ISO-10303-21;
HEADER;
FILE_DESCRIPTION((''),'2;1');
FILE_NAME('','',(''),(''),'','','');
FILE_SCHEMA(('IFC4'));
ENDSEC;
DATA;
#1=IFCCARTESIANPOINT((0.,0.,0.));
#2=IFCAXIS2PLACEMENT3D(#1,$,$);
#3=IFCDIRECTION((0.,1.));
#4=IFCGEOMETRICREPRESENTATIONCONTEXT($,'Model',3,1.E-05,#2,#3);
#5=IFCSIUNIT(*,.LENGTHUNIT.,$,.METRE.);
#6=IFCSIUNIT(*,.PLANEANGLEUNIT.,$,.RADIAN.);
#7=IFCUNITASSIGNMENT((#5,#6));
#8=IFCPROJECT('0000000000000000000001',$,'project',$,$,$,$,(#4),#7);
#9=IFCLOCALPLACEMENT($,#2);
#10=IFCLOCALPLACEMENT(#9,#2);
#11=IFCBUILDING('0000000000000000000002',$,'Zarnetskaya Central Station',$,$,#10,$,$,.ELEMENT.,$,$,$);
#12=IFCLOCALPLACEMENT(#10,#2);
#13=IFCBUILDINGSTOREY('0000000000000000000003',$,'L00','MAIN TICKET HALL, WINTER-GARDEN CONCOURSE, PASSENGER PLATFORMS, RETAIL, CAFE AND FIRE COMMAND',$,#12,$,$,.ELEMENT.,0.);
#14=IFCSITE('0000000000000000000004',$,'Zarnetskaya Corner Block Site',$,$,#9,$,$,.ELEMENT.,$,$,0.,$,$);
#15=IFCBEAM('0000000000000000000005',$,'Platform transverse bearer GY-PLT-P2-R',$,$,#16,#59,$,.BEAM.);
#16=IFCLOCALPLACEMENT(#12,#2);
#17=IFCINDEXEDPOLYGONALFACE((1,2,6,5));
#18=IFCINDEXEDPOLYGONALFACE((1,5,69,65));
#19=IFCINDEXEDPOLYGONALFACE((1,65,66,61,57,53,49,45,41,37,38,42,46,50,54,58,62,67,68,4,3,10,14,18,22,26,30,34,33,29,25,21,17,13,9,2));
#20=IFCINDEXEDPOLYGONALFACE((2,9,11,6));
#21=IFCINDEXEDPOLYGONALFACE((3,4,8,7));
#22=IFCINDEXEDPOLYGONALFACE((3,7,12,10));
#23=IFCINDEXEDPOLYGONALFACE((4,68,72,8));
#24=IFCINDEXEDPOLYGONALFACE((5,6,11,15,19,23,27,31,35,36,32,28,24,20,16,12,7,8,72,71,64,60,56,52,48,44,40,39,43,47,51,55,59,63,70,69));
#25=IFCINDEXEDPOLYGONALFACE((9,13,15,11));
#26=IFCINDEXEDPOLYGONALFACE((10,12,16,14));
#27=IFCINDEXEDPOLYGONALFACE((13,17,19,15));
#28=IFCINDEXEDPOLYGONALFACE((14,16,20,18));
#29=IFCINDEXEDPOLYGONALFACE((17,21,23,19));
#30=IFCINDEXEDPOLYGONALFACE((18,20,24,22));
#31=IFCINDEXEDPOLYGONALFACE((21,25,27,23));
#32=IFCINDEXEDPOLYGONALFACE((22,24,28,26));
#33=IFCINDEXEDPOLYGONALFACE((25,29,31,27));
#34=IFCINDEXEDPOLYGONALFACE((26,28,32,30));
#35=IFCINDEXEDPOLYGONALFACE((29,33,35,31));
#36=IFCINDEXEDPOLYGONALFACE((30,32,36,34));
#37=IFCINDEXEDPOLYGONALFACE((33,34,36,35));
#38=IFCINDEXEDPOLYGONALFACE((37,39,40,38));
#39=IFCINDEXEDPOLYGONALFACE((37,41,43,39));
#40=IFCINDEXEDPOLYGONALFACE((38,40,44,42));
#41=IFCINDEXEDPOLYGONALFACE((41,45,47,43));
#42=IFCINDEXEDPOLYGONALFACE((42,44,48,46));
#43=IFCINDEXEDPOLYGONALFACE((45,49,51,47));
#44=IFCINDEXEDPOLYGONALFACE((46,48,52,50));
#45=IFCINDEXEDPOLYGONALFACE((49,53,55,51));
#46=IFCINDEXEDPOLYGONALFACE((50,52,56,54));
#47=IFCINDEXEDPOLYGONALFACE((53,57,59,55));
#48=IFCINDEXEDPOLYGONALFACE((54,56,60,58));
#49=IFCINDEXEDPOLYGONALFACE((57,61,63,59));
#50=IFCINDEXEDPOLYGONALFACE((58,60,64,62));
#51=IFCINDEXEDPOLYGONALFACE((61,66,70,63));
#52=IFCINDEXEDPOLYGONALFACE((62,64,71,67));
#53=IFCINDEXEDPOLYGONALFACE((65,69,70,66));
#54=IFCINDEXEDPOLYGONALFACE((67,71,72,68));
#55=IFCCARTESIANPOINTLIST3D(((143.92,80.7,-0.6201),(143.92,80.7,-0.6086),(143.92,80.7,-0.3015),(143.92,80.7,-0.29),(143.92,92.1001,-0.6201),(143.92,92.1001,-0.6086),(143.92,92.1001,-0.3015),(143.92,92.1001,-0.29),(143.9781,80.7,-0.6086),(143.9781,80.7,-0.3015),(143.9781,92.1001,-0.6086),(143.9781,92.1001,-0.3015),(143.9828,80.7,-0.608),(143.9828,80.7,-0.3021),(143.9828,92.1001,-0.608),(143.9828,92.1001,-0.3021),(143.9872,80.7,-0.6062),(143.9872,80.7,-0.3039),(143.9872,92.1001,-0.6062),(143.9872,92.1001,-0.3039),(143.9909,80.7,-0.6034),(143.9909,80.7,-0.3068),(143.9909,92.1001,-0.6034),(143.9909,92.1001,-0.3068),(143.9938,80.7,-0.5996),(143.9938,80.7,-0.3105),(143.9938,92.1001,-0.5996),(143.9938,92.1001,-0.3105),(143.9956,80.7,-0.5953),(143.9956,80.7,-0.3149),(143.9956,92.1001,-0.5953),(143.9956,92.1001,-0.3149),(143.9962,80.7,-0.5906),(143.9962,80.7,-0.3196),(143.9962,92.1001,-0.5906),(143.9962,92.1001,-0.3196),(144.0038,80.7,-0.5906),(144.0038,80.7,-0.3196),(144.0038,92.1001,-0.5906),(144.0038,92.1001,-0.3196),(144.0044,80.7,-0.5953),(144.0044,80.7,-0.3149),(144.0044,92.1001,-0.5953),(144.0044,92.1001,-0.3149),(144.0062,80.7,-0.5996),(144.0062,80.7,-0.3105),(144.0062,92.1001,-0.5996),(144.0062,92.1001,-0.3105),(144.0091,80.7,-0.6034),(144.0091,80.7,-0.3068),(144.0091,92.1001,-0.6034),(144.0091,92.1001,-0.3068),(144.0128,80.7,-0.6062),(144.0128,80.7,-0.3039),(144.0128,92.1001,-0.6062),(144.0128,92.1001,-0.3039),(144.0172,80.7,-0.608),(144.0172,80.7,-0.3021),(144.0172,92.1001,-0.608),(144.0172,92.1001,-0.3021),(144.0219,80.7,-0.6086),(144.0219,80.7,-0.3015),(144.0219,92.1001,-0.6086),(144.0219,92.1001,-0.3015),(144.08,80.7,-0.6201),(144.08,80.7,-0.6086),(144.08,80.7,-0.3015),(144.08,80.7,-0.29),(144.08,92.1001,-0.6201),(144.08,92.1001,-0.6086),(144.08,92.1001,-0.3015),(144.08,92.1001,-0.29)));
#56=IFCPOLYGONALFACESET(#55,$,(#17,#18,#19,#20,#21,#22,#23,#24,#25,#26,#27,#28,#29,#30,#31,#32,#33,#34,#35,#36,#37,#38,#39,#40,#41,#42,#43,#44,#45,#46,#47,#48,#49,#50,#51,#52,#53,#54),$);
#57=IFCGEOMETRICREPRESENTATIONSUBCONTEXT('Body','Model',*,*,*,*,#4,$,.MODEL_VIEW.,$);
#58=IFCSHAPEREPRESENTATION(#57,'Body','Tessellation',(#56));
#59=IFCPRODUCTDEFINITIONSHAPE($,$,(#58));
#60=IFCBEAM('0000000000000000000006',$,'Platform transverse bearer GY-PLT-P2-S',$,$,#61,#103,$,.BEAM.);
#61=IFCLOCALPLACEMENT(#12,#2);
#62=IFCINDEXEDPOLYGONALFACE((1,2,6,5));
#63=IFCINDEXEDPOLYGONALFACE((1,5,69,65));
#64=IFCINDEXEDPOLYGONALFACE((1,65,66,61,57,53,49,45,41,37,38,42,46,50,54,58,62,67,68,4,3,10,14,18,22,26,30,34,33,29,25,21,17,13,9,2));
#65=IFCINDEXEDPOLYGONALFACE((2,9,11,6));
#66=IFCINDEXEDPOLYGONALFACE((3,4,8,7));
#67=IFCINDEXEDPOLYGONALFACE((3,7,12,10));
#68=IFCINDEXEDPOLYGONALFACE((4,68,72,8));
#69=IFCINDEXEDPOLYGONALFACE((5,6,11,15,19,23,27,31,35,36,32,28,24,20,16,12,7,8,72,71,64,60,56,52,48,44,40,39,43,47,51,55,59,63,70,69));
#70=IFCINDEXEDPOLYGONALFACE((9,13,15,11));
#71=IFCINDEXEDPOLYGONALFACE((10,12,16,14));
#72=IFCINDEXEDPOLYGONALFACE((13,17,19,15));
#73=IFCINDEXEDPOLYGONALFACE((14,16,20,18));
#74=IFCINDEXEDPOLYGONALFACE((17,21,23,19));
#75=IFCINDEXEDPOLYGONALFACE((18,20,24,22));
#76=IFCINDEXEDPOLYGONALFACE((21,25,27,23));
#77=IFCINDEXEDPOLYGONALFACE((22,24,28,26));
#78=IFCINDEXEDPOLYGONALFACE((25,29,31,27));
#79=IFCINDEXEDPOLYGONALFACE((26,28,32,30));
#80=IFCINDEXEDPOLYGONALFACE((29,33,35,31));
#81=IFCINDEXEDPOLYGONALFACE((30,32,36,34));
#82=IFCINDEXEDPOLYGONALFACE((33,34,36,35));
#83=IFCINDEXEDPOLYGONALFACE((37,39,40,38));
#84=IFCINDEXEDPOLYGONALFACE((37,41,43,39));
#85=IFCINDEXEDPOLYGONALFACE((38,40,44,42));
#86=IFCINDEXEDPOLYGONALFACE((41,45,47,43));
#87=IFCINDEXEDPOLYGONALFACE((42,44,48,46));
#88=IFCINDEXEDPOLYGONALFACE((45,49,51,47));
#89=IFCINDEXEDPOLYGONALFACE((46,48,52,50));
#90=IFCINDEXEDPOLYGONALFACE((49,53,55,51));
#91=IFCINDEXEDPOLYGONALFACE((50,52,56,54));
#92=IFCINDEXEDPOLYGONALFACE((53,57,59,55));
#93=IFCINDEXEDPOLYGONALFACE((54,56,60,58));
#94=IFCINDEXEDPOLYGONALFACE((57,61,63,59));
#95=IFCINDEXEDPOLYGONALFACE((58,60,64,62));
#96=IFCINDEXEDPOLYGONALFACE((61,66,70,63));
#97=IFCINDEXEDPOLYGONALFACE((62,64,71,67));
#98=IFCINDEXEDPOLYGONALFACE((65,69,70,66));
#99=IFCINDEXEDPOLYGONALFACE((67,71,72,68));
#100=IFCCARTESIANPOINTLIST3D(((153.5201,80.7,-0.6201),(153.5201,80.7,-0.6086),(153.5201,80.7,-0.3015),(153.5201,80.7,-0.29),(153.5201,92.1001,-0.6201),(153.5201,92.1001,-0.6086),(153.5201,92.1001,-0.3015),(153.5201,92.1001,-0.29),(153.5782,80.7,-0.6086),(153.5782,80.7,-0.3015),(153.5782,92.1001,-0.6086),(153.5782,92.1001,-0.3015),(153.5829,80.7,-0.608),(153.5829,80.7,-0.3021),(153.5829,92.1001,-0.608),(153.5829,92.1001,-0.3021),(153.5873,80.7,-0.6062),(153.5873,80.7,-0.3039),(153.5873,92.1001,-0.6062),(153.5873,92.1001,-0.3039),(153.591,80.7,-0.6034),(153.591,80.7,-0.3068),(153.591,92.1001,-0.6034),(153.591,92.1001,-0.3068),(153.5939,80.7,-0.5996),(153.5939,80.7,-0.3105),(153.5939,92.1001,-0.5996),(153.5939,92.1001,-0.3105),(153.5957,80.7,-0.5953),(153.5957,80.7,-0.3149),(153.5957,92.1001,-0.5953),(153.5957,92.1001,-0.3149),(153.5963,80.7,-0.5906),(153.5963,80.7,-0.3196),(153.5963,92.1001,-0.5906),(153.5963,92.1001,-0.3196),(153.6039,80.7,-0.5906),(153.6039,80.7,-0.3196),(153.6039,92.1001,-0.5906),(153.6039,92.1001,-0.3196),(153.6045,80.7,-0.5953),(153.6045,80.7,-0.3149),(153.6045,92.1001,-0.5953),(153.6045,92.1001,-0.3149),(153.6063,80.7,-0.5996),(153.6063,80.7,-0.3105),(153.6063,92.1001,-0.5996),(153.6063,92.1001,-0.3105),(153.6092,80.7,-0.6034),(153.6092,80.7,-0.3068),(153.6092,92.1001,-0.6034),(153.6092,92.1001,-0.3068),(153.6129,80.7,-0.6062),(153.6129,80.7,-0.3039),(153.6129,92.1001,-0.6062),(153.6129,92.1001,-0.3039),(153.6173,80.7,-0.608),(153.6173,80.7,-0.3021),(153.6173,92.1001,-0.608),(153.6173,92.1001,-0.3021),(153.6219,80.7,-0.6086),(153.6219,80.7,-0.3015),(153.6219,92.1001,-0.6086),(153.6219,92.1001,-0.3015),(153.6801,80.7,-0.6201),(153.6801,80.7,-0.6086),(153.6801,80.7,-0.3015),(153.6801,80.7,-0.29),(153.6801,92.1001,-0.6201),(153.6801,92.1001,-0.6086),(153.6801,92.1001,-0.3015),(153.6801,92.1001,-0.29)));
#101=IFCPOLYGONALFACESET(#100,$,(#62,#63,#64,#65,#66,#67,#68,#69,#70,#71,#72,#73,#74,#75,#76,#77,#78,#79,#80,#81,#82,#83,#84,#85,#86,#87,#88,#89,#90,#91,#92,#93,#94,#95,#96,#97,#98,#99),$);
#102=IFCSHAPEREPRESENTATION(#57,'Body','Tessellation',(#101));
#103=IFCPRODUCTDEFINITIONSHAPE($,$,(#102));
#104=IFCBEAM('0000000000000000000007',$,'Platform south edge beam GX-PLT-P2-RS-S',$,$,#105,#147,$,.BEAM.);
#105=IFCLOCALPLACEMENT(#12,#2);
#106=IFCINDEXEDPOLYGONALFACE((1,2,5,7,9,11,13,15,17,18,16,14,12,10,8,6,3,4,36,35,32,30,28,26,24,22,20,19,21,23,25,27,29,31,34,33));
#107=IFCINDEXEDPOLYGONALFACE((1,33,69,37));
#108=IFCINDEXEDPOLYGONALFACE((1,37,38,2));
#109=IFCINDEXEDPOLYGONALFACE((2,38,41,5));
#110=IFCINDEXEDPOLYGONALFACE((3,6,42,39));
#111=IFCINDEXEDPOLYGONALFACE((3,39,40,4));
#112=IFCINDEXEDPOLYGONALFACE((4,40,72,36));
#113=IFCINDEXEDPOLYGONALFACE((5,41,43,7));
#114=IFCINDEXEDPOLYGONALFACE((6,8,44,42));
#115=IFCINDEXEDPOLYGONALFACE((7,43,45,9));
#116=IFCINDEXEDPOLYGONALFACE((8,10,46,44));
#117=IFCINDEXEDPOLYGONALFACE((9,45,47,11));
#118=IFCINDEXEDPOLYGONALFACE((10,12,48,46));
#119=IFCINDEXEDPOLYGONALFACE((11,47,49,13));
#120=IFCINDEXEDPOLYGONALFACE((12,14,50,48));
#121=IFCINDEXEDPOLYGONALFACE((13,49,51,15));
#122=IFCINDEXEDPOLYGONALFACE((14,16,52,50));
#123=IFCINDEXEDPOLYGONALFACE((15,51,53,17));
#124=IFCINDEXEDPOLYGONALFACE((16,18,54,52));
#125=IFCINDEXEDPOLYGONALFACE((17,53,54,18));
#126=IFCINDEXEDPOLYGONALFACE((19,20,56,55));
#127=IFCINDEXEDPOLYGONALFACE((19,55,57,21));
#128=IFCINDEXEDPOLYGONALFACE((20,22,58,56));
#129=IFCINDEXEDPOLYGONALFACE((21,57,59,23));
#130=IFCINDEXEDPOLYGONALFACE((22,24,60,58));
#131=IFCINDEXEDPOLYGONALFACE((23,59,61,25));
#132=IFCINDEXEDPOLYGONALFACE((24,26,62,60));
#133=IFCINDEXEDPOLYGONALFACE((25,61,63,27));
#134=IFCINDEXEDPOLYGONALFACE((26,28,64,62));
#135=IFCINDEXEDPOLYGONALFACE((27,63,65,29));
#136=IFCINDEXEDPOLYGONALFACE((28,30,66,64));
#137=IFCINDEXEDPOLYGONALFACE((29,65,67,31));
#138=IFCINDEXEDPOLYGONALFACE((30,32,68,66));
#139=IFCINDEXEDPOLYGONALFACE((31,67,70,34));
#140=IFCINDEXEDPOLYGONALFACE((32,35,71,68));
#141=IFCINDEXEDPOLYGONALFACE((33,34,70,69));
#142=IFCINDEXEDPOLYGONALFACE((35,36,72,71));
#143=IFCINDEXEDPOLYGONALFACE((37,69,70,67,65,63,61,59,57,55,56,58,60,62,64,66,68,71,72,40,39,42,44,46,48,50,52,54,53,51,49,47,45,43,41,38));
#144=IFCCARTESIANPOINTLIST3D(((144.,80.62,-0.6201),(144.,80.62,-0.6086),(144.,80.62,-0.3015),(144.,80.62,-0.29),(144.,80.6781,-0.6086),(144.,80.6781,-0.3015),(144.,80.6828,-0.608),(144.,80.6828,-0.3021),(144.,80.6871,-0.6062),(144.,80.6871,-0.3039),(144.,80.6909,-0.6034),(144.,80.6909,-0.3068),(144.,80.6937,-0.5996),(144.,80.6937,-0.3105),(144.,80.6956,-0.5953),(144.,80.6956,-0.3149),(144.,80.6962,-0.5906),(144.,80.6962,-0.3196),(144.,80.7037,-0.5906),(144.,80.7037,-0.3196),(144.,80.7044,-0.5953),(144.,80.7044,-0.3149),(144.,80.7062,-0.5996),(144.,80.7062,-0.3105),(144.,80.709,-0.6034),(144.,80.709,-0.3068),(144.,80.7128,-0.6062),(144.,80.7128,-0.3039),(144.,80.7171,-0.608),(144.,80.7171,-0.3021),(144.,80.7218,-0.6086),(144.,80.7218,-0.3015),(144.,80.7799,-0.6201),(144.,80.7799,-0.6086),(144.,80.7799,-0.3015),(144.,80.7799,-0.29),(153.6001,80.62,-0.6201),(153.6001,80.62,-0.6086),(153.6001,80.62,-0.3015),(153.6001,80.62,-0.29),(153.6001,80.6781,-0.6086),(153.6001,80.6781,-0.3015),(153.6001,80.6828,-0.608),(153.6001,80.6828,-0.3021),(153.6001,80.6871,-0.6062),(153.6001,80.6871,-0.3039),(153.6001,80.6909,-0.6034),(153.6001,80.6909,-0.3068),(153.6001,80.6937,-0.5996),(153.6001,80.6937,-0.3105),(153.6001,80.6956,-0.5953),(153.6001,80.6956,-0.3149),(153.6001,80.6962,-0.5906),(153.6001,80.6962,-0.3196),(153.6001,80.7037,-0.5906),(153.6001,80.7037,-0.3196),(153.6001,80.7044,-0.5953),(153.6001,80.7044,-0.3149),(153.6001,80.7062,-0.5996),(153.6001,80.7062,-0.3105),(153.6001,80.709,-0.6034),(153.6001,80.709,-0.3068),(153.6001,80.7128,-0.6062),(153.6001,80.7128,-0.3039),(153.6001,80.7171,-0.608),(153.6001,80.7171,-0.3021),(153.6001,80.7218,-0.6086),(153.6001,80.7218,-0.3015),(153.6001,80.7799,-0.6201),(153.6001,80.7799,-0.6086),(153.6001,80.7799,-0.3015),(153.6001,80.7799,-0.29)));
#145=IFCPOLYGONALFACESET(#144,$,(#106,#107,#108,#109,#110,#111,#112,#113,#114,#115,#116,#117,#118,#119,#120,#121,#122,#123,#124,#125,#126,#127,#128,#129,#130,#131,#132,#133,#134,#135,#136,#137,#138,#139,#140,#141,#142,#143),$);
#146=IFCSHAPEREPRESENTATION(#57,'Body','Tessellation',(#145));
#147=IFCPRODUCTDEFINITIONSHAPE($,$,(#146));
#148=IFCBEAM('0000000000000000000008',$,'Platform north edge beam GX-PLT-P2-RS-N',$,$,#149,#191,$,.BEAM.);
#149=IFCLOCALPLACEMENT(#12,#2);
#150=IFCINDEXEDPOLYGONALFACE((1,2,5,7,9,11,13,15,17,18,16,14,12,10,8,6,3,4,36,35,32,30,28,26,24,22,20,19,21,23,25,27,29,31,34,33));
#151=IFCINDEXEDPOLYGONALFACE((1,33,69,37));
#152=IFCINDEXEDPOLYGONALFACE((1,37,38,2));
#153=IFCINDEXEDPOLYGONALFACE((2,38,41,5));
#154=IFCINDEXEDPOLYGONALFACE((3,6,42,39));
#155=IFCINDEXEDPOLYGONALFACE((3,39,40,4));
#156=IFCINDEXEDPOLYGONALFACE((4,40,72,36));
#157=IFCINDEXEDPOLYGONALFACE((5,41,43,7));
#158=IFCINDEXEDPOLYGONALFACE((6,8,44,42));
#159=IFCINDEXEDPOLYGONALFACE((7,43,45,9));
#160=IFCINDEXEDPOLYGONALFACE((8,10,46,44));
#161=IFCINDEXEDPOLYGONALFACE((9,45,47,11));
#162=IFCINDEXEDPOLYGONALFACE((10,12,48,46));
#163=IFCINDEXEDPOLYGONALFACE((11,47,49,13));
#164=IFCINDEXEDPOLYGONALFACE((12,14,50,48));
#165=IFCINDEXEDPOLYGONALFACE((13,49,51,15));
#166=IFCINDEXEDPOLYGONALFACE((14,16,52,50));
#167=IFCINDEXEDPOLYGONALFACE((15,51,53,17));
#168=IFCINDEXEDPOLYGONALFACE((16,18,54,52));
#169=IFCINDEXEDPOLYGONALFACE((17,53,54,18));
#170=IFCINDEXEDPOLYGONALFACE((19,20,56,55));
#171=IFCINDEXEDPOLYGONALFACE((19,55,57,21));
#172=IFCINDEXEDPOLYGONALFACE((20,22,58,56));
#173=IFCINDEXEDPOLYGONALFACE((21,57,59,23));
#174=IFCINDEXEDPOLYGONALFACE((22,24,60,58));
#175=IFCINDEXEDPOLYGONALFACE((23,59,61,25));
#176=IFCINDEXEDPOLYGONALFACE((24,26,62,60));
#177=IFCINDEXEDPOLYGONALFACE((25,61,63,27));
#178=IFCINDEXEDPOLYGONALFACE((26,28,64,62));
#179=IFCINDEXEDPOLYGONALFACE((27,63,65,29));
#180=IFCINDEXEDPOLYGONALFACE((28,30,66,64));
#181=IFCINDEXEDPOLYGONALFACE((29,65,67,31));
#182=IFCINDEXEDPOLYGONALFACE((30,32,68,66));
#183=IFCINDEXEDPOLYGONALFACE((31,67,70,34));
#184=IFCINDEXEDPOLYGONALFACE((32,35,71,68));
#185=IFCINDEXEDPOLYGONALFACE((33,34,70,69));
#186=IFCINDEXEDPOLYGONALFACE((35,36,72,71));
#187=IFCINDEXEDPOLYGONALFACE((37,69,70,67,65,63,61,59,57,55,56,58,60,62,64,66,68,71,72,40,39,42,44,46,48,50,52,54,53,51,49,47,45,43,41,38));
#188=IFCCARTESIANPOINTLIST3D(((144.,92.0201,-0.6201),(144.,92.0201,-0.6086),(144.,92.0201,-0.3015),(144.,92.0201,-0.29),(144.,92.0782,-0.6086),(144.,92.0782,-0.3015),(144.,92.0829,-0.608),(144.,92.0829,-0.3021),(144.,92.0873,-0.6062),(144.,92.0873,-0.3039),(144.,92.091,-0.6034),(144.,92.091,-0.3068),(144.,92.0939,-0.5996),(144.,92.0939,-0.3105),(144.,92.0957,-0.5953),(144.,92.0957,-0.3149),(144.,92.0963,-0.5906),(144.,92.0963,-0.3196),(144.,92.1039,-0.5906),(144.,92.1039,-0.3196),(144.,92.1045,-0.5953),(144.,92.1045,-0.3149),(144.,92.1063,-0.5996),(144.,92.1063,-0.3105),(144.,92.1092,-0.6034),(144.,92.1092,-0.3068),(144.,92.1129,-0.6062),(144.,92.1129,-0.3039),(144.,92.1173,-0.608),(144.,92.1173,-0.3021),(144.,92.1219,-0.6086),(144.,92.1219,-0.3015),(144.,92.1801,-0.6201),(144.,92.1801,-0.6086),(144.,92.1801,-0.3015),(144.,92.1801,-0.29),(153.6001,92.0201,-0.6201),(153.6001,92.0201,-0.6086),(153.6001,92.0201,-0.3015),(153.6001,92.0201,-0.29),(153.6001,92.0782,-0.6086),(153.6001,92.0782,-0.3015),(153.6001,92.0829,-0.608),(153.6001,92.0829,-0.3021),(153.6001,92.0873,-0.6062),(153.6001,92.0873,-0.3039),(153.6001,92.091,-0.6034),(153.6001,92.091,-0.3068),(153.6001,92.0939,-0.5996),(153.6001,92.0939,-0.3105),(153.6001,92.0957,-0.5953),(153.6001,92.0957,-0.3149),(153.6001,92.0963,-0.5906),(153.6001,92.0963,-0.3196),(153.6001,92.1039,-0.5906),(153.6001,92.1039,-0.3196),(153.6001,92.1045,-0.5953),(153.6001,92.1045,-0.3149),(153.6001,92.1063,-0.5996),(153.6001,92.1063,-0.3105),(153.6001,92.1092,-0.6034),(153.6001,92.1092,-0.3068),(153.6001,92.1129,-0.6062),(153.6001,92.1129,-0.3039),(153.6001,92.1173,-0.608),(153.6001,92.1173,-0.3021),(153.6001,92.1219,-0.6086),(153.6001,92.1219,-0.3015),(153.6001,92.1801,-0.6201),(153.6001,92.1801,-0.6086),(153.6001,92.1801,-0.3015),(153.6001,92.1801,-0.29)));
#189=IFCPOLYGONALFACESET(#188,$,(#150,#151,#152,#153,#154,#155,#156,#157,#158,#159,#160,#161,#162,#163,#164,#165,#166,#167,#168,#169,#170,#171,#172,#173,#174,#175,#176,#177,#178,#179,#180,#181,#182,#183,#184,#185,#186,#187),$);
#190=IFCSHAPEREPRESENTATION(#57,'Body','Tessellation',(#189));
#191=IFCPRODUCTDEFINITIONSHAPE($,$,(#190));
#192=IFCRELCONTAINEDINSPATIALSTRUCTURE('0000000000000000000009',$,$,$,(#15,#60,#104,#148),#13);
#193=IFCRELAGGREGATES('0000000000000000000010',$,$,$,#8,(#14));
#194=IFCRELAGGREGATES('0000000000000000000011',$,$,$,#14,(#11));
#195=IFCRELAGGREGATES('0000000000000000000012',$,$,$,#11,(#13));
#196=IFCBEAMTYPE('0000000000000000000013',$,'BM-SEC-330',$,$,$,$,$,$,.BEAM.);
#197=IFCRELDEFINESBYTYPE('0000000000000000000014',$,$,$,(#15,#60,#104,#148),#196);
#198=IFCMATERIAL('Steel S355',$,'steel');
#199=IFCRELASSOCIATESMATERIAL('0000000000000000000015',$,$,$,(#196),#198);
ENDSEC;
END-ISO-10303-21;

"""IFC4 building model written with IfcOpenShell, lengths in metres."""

from ifc_helpers import new_model, si_unit, direction, frame, origin, origin_2d, place, context, subcontext, project, spatial, i_section, extrude, material, material_profile, profile_set, type_object, element, save


model = new_model("IFC4")

# Units and contexts
model_context = context("Model", 3, precision=1e-05, world=origin(), true_north=direction((0.0, 1.0)))
body_context = subcontext(model_context, "Body", "Model", "MODEL_VIEW")
ifc_project = project(units=[si_unit("LENGTHUNIT", "METRE"), si_unit("PLANEANGLEUNIT", "RADIAN")], contexts=[model_context])

# Site, building, storey
site_placement = place(None, origin())
site = spatial("IfcSite", under=ifc_project, at=site_placement, Name="Zarnetskaya Corner Block Site", CompositionType="ELEMENT", RefElevation=0.0)
building_placement = place(site_placement, origin())
building = spatial("IfcBuilding", under=site, at=building_placement, Name="Zarnetskaya Central Station", CompositionType="ELEMENT")
storey_placement = place(building_placement, origin())
storey = spatial("IfcBuildingStorey", under=building, at=storey_placement, Name="L00", Description="MAIN TICKET HALL, WINTER-GARDEN CONCOURSE, PASSENGER PLATFORMS, RETAIL, CAFE AND FIRE COMMAND", CompositionType="ELEMENT", Elevation=0.0)

# Shared definitions
ifc_material = material(Name="Steel S355", Category="steel")

# Beams
ifc_material_profile_1 = material_profile(ifc_material, i_section(OverallWidth=0.1599, OverallDepth=0.3301, WebThickness=0.0076, FlangeThickness=0.0115, FilletRadius=0.0181, at=origin_2d()), Name="IPE 330")
ifc_profile_set_1 = profile_set([ifc_material_profile_1], Name="Steel S355")
beam_type_1 = type_object("IfcBeamType", Name="BM-SEC-330", PredefinedType="BEAM", material=ifc_profile_set_1)
for number, where, z_axis, x_axis, name in (
    (1, (144.0, 80.7, -0.4551), (0.0, 1.0, 0.0), (-1.0, 0.0, 0.0), "Platform transverse bearer GY-PLT-P2-R"),
    (2, (153.6001, 80.7, -0.4551), (0.0, 1.0, 0.0), (-1.0, 0.0, 0.0), "Platform transverse bearer GY-PLT-P2-S"),
):
    element("IfcBeam", number, at=place(storey_placement, frame(where, z_axis=z_axis, x_axis=x_axis)), inside=storey, type_object=beam_type_1, Name=name, PredefinedType="BEAM", context=body_context, shape_type="SweptSolid", body=[
        extrude(i_section(OverallWidth=0.1599, OverallDepth=0.3301, WebThickness=0.0076, FlangeThickness=0.0115, FilletRadius=0.0181, at=origin_2d()), origin(), (0.0, 0.0, 1.0), 11.4001),
    ])
for number, where, z_axis, x_axis, name in (
    (3, (144.0, 80.7, -0.4551), (1.0, 0.0, 0.0), (0.0, 1.0, 0.0), "Platform south edge beam GX-PLT-P2-RS-S"),
    (4, (144.0, 92.1001, -0.4551), (1.0, 0.0, 0.0), (0.0, 1.0, 0.0), "Platform north edge beam GX-PLT-P2-RS-N"),
):
    element("IfcBeam", number, at=place(storey_placement, frame(where, z_axis=z_axis, x_axis=x_axis)), inside=storey, type_object=beam_type_1, Name=name, PredefinedType="BEAM", context=body_context, shape_type="SweptSolid", body=[
        extrude(i_section(OverallWidth=0.1599, OverallDepth=0.3301, WebThickness=0.0076, FlangeThickness=0.0115, FilletRadius=0.0181, at=origin_2d()), origin(), (0.0, 0.0, 1.0), 9.6001),
    ])

save(model, "model.ifc")
